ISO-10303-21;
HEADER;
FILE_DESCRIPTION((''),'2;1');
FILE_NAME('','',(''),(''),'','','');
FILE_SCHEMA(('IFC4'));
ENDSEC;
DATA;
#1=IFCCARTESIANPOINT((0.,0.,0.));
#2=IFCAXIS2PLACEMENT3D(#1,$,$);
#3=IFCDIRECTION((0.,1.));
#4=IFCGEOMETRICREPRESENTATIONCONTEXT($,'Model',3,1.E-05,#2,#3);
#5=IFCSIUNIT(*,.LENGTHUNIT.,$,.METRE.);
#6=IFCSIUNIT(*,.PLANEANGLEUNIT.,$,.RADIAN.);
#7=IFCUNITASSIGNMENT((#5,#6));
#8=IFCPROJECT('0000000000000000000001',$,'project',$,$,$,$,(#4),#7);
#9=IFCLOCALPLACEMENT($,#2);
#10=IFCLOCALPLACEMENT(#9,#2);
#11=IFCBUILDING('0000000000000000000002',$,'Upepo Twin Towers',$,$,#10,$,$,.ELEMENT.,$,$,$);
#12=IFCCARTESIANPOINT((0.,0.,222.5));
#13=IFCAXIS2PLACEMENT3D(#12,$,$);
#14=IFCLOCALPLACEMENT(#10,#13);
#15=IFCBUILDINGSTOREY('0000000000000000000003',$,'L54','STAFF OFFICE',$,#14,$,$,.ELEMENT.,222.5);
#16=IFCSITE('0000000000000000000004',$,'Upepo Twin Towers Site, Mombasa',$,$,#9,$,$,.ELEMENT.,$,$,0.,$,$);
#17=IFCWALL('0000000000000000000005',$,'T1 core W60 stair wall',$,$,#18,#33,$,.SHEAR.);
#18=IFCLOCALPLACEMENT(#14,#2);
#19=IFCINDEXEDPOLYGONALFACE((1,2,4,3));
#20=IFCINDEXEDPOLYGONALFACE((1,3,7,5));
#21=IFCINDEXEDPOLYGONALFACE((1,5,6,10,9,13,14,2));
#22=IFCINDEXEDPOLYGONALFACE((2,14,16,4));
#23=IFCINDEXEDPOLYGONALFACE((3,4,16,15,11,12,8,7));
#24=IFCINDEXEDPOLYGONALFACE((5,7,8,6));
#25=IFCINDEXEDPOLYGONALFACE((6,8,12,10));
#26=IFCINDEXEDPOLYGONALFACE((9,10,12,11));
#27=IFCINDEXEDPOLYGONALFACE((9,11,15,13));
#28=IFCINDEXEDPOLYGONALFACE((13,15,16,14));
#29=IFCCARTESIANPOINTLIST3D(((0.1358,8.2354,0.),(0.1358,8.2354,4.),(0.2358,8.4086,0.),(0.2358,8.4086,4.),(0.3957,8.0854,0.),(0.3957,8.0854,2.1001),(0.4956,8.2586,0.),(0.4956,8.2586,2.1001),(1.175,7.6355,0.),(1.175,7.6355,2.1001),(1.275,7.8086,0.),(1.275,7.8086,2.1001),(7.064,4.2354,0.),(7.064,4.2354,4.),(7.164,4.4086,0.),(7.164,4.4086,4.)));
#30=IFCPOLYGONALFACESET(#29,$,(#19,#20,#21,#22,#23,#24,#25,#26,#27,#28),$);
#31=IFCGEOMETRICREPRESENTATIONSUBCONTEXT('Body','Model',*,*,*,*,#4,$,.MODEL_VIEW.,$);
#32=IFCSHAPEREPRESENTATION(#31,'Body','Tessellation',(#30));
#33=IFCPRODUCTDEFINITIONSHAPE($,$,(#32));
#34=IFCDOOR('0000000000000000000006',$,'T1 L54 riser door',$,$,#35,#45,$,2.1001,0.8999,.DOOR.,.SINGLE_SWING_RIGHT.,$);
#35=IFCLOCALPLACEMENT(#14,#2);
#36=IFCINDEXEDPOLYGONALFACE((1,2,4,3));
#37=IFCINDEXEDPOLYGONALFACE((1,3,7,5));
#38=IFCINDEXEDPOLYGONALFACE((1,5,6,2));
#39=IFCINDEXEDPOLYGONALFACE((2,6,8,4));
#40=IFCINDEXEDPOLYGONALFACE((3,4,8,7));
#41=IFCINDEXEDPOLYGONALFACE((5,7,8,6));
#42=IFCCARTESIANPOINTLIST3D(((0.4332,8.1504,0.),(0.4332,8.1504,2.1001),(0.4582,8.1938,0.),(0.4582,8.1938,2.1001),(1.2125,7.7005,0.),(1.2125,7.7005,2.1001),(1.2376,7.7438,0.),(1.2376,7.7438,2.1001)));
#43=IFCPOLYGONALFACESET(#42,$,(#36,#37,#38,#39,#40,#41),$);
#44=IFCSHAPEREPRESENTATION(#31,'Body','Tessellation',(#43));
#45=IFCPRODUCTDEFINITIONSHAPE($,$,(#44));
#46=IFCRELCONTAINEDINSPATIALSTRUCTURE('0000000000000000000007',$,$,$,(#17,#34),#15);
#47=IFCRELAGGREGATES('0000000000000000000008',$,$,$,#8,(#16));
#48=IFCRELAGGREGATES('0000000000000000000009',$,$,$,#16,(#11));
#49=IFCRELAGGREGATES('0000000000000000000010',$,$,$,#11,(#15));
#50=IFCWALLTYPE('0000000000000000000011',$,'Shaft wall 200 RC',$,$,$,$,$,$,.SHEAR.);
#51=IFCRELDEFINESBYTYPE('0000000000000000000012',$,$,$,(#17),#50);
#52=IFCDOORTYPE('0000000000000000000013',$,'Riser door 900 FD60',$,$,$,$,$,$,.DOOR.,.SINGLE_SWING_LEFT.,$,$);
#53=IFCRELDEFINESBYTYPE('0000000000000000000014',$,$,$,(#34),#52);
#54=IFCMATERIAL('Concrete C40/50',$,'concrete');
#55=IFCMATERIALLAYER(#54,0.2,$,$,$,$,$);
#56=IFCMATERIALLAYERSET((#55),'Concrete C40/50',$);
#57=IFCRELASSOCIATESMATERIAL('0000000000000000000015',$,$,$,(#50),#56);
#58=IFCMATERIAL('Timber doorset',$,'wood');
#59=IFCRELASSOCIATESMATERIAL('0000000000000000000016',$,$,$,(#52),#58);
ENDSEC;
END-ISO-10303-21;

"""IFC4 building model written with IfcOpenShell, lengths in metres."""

from ifc_helpers import new_model, si_unit, direction, frame, frame_2d, origin, place, context, subcontext, project, spatial, rectangle, extrude, material, layer, layer_set, type_object, element, fill, save


model = new_model("IFC4")

# Units and contexts
model_context = context("Model", 3, precision=1e-05, world=origin(), true_north=direction((0.0, 1.0)))
body_context = subcontext(model_context, "Body", "Model", "MODEL_VIEW")
ifc_project = project(units=[si_unit("LENGTHUNIT", "METRE"), si_unit("PLANEANGLEUNIT", "RADIAN")], contexts=[model_context])

# Site, building, storey
site_placement = place(None, origin())
site = spatial("IfcSite", under=ifc_project, at=site_placement, Name="Upepo Twin Towers Site, Mombasa", CompositionType="ELEMENT", RefElevation=0.0)
building_placement = place(site_placement, origin())
building = spatial("IfcBuilding", under=site, at=building_placement, Name="Upepo Twin Towers", CompositionType="ELEMENT")
storey_placement = place(building_placement, frame((0.0, 0.0, 222.5)))
storey = spatial("IfcBuildingStorey", under=building, at=storey_placement, Name="L54", Description="STAFF OFFICE", CompositionType="ELEMENT", Elevation=222.5)

# Wall, opening, door
ifc_material_1 = material(Name="Concrete C40/50", Category="concrete")
ifc_layer_1 = layer(ifc_material_1, 0.2)
ifc_layer_set_1 = layer_set([ifc_layer_1], Name="Concrete C40/50")
wall_type_1 = type_object("IfcWallType", Name="Shaft wall 200 RC", PredefinedType="SHEAR", material=ifc_layer_set_1)
wall_1_placement = place(storey_placement, frame((7.114, 4.322, 0.0), z_axis=(0.0, 0.0, 1.0), x_axis=(-0.866026, 0.499999, 0.0)))
wall_1 = element("IfcWall", 1, at=wall_1_placement, inside=storey, type_object=wall_type_1, Name="T1 core W60 stair wall", PredefinedType="SHEAR", context=body_context, shape_type="SweptSolid", body=[
    extrude(rectangle(XDim=8.0, YDim=0.2, at=frame_2d((4.0, 0.0))), origin(), (0.0, 0.0, 1.0), 4.0),
])
opening_1_placement = place(wall_1_placement, frame((6.8, 0.0, 0.0)))
opening_1 = element("IfcOpeningElement", 2, at=opening_1_placement, cuts=wall_1, PredefinedType="OPENING", context=body_context, shape_type="SweptSolid", body=[
    extrude(rectangle(XDim=0.8999, YDim=2.1001, at=frame_2d((0.45, 1.05))), frame((0.0, 0.1099, 0.0), z_axis=(0.0, -1.0, 0.0), x_axis=(1.0, 0.0, 0.0)), (0.0, 0.0, 1.0), 0.22),
])
ifc_material_2 = material(Name="Timber doorset", Category="wood")
door_type_1 = type_object("IfcDoorType", Name="Riser door 900 FD60", OperationType="SINGLE_SWING_LEFT", PredefinedType="DOOR", material=ifc_material_2)
door_1_placement = place(opening_1_placement, origin())
door_1 = element("IfcDoor", 3, at=door_1_placement, inside=storey, type_object=door_type_1, Name="T1 L54 riser door", OperationType="SINGLE_SWING_RIGHT", OverallHeight=2.1001, OverallWidth=0.8999, PredefinedType="DOOR", context=body_context, shape_type="SweptSolid", body=[
    extrude(rectangle(XDim=0.8999, YDim=2.1001, at=frame_2d((0.45, 1.05))), frame((0.0, 0.0249, 0.0), z_axis=(0.0, -1.0, 0.0), x_axis=(1.0, 0.0, 0.0)), (0.0, 0.0, 1.0), 0.05),
])
fill(opening_1, door_1)

save(model, "model.ifc")
